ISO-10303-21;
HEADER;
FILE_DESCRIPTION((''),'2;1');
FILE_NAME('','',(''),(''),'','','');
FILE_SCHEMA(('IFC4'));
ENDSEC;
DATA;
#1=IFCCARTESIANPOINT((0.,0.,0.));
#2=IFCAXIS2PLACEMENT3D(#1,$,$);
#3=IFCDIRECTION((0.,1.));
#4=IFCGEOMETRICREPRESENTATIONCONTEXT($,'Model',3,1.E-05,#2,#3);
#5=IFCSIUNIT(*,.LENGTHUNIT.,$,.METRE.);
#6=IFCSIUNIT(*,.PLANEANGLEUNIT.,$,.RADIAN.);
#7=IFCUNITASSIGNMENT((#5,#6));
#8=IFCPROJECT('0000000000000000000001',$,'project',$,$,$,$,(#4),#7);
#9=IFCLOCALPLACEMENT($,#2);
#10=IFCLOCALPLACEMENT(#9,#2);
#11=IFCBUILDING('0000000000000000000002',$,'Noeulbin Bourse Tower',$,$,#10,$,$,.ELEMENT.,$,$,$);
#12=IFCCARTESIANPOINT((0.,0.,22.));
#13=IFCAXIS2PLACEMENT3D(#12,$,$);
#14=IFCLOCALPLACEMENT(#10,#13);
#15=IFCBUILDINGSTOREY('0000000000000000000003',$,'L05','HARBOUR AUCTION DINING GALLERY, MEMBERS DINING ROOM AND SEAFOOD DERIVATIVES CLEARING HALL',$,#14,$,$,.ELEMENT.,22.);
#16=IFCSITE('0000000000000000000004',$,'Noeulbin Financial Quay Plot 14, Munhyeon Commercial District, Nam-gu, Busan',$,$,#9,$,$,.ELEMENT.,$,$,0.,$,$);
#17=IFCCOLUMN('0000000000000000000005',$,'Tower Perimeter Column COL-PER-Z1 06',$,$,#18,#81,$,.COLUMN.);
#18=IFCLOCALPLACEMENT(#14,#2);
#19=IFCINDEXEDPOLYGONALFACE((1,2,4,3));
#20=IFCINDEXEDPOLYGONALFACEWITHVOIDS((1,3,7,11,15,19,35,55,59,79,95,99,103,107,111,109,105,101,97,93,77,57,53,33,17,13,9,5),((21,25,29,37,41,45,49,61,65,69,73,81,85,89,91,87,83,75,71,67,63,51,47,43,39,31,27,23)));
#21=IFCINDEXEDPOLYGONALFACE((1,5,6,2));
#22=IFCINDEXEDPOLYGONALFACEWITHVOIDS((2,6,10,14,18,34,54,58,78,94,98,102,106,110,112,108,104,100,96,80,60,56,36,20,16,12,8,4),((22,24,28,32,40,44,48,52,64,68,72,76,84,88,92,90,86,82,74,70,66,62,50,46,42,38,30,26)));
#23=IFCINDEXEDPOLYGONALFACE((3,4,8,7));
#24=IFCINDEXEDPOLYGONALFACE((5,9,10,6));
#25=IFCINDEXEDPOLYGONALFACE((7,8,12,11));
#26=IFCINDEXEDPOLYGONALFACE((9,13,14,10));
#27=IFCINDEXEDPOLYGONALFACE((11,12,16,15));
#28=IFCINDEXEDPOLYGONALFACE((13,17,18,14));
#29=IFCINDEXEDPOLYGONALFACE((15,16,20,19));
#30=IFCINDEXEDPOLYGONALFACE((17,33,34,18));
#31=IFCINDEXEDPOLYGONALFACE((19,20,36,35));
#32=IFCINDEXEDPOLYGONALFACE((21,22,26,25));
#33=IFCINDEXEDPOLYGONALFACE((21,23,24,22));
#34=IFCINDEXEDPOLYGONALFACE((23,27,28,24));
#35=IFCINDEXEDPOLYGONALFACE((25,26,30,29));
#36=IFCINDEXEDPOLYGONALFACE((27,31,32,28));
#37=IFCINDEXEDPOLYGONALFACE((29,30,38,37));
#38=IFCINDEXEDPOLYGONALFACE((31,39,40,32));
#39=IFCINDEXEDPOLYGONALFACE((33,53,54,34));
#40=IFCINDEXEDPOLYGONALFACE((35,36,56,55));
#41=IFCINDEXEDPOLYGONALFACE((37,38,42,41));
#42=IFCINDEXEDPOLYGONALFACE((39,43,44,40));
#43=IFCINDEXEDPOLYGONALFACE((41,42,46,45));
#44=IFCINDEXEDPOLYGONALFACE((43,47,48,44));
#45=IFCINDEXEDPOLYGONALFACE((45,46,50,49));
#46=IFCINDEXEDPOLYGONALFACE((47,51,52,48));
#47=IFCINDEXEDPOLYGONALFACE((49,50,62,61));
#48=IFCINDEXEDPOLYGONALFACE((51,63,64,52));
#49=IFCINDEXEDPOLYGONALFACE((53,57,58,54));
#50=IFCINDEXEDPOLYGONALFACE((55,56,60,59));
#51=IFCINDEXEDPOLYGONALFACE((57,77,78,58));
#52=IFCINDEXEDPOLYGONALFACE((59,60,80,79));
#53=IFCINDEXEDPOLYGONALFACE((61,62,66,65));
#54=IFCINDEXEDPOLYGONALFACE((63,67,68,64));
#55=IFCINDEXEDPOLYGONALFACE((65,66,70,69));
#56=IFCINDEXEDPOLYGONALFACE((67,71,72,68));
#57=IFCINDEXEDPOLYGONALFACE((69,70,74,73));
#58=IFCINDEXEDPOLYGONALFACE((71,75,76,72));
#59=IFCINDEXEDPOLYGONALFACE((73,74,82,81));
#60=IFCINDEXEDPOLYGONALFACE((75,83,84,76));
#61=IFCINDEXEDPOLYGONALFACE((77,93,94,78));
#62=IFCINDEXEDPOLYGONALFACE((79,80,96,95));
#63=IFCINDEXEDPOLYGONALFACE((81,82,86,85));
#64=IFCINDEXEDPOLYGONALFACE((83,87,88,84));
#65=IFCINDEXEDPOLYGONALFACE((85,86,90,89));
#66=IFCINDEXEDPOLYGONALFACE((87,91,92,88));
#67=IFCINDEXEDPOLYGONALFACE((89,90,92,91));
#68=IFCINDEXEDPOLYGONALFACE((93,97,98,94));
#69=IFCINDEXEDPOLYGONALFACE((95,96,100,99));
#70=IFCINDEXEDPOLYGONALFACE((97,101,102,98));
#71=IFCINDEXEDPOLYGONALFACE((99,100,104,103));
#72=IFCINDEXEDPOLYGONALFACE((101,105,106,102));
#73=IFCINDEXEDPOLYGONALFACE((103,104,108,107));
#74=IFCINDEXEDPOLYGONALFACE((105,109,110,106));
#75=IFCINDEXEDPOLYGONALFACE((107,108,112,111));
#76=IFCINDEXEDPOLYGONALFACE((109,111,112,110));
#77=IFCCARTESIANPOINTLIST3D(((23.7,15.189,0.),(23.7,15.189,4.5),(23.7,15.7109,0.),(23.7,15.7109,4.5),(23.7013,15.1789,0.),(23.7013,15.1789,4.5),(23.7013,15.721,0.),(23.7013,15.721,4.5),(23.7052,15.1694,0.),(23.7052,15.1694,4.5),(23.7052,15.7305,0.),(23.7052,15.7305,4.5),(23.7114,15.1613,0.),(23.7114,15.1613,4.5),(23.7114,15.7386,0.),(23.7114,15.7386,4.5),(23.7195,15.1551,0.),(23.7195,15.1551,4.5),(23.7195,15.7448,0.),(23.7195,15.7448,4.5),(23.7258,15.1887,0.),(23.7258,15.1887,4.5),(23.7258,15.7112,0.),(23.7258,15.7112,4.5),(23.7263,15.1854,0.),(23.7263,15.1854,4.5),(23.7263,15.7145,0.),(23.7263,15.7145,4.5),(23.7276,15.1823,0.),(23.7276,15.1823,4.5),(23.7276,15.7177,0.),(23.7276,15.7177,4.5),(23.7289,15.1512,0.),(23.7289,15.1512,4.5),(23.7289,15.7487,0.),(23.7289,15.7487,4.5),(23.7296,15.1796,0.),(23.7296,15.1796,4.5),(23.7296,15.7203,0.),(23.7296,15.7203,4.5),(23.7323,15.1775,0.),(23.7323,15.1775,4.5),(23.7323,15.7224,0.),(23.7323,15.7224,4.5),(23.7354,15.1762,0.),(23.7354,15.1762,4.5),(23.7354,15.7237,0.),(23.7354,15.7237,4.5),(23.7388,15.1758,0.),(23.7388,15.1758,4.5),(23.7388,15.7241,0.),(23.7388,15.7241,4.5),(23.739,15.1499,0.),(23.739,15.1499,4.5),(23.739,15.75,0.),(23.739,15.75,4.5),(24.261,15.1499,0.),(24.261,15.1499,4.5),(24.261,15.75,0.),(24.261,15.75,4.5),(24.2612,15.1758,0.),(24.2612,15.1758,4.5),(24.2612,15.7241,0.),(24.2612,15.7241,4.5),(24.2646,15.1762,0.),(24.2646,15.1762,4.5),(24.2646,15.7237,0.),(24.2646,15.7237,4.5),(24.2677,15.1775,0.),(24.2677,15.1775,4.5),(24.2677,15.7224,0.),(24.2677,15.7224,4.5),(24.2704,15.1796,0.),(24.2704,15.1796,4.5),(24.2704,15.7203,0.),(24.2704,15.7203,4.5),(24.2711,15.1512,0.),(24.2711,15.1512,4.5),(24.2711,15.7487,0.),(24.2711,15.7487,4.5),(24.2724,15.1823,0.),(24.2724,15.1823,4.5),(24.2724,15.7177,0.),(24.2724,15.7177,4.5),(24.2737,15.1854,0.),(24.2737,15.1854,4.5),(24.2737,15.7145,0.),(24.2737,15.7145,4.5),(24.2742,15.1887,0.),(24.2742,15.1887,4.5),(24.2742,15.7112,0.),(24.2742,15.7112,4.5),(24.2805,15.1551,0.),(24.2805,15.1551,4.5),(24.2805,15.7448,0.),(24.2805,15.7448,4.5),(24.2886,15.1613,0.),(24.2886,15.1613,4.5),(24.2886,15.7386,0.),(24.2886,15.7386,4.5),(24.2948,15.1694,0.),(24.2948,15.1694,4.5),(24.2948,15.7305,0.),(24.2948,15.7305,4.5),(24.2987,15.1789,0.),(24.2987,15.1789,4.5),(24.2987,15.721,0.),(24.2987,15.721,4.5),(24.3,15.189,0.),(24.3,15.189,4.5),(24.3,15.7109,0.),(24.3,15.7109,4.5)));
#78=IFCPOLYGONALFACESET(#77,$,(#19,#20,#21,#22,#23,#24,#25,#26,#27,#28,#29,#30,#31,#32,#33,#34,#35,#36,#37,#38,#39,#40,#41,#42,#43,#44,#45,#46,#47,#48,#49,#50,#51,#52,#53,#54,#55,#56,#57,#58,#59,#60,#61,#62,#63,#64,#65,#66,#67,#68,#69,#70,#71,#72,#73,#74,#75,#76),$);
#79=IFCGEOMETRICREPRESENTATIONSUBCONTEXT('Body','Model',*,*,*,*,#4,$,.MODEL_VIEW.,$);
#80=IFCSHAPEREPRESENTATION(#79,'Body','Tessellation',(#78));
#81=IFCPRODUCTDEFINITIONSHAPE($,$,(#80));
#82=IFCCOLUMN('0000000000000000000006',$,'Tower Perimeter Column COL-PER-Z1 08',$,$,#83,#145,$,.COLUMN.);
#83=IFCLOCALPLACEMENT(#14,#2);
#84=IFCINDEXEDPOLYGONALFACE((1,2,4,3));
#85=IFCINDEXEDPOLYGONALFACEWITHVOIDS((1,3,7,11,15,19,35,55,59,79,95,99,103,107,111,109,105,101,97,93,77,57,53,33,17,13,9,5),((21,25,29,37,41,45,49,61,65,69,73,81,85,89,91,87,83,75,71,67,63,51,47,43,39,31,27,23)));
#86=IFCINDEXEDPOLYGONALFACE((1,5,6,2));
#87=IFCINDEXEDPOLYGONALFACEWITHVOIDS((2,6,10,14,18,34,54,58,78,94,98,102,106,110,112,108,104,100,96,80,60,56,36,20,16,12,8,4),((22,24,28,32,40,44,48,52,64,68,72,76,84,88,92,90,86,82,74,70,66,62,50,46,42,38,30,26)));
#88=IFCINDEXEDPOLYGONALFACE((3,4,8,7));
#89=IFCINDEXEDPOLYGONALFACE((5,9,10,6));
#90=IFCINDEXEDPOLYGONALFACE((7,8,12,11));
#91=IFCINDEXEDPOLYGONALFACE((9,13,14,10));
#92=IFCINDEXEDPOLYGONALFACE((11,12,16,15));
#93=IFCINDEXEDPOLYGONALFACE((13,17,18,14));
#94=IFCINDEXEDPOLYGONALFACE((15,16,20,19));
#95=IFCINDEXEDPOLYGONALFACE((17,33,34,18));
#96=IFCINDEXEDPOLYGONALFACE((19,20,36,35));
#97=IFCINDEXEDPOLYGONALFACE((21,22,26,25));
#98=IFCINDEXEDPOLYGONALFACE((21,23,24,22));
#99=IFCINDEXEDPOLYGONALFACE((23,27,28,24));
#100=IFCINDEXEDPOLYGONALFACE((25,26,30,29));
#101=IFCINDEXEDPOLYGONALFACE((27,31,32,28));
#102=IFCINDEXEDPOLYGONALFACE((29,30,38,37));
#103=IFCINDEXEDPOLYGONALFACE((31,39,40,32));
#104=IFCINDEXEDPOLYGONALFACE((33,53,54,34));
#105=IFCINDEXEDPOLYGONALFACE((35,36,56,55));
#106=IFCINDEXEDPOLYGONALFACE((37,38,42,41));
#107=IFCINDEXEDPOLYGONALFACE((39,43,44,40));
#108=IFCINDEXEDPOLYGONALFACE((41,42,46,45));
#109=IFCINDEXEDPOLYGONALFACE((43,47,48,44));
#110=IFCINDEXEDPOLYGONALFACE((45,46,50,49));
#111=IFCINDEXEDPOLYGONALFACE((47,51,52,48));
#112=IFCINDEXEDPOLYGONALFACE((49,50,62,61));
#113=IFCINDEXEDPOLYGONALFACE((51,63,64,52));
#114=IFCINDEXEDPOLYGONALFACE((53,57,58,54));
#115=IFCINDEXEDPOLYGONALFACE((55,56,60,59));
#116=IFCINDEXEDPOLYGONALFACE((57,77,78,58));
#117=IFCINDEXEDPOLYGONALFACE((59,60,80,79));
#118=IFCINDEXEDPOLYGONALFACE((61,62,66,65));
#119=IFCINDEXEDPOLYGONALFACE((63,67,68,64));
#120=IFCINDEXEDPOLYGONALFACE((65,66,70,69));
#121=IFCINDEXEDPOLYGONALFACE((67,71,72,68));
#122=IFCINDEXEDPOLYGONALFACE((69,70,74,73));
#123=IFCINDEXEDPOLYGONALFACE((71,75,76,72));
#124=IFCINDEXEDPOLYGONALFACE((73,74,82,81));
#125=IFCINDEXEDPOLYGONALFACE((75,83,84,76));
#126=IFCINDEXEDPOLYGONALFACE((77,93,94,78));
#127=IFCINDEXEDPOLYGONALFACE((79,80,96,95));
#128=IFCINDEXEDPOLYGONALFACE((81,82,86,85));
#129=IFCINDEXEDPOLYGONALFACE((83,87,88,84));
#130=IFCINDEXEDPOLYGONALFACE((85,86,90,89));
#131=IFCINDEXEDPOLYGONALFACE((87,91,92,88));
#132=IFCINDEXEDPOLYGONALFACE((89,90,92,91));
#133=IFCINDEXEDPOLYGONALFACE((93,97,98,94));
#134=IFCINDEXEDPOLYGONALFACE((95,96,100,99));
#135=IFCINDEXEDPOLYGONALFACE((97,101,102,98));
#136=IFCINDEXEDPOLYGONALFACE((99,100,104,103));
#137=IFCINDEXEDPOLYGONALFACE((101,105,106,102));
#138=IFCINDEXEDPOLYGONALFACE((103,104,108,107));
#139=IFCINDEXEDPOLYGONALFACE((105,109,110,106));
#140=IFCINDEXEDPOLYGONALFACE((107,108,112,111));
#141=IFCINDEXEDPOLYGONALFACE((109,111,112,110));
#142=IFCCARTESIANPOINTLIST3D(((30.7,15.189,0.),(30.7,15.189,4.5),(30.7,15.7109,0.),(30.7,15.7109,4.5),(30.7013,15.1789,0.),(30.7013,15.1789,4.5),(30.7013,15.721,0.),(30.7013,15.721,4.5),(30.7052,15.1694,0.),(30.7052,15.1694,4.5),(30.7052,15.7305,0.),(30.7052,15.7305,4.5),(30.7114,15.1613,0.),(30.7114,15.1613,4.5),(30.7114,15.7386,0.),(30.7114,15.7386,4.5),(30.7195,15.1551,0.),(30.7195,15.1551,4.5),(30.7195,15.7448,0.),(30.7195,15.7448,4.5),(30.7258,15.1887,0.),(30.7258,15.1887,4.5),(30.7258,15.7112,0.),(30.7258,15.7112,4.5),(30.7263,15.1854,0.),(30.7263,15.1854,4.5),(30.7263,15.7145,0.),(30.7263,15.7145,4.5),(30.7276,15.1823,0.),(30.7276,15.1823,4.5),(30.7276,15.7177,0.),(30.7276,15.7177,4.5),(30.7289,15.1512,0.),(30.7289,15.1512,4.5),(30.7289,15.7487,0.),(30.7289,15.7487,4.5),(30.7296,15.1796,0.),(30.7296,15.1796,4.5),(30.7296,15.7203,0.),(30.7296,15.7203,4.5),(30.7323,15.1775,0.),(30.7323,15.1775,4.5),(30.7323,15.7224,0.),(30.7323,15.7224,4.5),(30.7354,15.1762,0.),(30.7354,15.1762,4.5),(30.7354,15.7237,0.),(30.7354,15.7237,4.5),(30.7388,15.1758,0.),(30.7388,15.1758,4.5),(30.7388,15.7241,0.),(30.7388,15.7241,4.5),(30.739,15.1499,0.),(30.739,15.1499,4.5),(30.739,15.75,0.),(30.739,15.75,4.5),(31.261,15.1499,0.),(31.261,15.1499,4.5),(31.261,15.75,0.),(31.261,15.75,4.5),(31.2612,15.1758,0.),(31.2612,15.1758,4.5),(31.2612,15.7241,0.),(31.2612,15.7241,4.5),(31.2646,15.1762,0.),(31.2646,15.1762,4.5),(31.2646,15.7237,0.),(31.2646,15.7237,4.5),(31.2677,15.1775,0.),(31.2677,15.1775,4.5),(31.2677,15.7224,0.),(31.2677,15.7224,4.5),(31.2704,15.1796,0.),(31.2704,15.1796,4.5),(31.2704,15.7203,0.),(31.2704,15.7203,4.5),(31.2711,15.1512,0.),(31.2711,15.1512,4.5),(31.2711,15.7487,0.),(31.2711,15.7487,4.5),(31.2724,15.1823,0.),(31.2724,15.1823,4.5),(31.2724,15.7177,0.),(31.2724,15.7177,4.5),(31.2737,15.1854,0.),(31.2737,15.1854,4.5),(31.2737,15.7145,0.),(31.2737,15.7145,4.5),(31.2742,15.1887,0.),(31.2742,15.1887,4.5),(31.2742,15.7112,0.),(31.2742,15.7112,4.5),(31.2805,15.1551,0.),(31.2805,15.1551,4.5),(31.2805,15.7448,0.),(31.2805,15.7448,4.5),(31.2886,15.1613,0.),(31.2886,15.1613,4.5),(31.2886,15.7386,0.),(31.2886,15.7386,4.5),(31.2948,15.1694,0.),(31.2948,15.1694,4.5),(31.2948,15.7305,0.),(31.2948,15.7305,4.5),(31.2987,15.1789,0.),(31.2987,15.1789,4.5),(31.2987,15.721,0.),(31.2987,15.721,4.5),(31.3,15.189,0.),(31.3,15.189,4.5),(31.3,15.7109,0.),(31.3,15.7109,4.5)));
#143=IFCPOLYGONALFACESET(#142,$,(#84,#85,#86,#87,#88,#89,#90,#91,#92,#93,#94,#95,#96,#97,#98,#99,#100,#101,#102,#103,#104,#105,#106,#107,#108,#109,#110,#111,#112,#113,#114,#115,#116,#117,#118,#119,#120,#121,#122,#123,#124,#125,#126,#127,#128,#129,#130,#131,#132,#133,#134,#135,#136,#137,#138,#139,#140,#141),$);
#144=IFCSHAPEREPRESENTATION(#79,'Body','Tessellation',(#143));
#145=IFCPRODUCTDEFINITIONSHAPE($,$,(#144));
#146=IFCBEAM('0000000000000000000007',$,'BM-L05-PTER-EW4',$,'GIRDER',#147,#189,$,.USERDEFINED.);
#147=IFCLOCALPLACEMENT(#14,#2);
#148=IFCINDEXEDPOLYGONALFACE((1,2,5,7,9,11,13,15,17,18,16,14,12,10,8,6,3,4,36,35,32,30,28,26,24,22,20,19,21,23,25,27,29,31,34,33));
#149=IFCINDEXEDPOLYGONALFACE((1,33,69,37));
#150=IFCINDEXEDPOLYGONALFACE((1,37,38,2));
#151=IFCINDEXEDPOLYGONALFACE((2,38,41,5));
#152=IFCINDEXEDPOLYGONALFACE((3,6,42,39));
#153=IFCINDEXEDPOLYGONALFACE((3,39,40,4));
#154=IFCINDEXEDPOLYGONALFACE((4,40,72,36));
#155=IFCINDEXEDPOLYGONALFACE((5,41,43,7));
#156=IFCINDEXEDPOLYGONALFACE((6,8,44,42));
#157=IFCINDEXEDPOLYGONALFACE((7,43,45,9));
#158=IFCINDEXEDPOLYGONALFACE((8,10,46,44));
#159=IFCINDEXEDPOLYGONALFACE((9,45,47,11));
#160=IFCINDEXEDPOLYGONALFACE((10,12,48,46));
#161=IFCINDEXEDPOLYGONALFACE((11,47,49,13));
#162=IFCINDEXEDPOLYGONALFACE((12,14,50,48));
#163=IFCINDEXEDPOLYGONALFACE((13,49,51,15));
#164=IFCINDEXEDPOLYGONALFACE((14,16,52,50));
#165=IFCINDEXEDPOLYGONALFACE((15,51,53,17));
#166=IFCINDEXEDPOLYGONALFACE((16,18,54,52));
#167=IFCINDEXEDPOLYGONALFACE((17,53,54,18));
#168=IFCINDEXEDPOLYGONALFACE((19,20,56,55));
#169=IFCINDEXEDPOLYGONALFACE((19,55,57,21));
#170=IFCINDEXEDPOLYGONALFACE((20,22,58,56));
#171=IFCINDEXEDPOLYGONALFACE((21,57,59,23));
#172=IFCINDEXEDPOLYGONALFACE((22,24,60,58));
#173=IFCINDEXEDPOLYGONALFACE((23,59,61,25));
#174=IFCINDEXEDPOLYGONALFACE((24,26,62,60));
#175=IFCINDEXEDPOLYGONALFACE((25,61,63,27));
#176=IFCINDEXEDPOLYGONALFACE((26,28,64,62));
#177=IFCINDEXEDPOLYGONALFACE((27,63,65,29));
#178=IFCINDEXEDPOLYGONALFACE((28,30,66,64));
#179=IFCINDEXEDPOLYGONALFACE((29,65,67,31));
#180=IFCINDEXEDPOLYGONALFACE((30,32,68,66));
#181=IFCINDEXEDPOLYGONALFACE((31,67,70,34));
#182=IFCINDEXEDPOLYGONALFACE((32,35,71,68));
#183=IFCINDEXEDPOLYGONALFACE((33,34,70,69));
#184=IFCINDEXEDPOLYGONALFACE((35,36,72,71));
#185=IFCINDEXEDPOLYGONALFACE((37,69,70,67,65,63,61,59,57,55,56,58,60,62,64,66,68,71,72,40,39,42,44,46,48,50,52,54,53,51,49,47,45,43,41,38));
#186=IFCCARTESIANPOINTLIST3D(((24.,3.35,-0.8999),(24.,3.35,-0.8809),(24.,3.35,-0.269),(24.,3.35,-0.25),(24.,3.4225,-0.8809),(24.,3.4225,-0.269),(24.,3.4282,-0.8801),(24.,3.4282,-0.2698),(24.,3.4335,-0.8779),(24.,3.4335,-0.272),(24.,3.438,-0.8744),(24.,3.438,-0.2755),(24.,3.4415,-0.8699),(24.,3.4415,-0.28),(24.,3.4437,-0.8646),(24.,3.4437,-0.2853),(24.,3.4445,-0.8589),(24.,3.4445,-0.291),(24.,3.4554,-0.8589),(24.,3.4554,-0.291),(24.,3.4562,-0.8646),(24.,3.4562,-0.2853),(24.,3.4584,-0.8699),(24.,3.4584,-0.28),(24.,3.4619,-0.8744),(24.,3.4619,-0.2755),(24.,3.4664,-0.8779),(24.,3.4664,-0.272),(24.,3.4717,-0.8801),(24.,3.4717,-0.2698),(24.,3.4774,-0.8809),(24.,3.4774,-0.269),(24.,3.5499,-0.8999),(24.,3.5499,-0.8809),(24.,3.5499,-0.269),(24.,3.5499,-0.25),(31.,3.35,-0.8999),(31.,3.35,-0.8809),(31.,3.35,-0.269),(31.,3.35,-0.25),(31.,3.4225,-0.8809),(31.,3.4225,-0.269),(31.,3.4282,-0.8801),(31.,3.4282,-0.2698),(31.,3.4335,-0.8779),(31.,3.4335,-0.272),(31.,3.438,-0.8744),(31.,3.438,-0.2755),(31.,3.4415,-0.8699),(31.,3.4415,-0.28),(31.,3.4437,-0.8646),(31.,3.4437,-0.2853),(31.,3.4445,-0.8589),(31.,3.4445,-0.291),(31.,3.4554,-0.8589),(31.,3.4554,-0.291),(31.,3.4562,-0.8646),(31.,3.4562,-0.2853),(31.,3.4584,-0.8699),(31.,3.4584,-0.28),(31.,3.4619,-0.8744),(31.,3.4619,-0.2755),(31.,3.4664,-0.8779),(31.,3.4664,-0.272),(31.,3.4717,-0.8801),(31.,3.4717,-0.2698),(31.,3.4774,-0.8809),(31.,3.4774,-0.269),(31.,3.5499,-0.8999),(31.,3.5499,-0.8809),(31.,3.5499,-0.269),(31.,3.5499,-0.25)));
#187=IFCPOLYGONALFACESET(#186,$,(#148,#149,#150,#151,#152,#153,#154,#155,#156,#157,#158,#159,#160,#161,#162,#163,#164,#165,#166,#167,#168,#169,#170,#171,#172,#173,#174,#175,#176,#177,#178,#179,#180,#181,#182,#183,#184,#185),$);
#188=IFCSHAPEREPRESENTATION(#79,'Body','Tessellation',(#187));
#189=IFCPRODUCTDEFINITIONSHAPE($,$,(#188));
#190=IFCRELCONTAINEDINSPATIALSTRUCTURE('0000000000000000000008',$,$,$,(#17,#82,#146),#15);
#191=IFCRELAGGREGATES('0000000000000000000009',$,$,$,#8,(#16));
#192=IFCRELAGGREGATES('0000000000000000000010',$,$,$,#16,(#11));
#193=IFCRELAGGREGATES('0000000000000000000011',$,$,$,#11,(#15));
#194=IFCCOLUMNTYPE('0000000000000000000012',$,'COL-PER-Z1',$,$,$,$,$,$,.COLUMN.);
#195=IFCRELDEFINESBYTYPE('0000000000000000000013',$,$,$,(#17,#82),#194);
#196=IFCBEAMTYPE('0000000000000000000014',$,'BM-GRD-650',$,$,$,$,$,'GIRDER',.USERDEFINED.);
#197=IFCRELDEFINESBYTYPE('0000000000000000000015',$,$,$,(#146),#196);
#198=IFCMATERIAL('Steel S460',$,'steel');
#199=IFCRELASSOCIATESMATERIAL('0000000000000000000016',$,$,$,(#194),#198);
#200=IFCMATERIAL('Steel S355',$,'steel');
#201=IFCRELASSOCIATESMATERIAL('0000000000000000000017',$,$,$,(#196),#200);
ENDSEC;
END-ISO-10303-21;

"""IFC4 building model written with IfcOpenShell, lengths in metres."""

from ifc_helpers import new_model, si_unit, direction, frame, origin, origin_2d, place, context, subcontext, project, spatial, hollow_rectangle, i_section, extrude, material, material_profile, profile_set, type_object, element, save


model = new_model("IFC4")

# Units and contexts
model_context = context("Model", 3, precision=1e-05, world=origin(), true_north=direction((0.0, 1.0)))
body_context = subcontext(model_context, "Body", "Model", "MODEL_VIEW")
ifc_project = project(units=[si_unit("LENGTHUNIT", "METRE"), si_unit("PLANEANGLEUNIT", "RADIAN")], contexts=[model_context])

# Site, building, storey
site_placement = place(None, origin())
site = spatial("IfcSite", under=ifc_project, at=site_placement, Name="Noeulbin Financial Quay Plot 14, Munhyeon Commercial District, Nam-gu, Busan", CompositionType="ELEMENT", RefElevation=0.0)
building_placement = place(site_placement, origin())
building = spatial("IfcBuilding", under=site, at=building_placement, Name="Noeulbin Bourse Tower", CompositionType="ELEMENT")
storey_placement = place(building_placement, frame((0.0, 0.0, 22.0)))
storey = spatial("IfcBuildingStorey", under=building, at=storey_placement, Name="L05", Description="HARBOUR AUCTION DINING GALLERY, MEMBERS DINING ROOM AND SEAFOOD DERIVATIVES CLEARING HALL", CompositionType="ELEMENT", Elevation=22.0)

# Columns
ifc_material_1 = material(Name="Steel S460", Category="steel")
ifc_material_profile_1 = material_profile(ifc_material_1, hollow_rectangle(XDim=0.6001, YDim=0.6001, WallThickness=0.0259, InnerFilletRadius=0.0129, OuterFilletRadius=0.0391, at=origin_2d()), Name="BOX-600x600x26", Category="LoadBearing")
ifc_profile_set_1 = profile_set([ifc_material_profile_1], Name="Steel S460")
column_type = type_object("IfcColumnType", Name="COL-PER-Z1", PredefinedType="COLUMN", material=ifc_profile_set_1)
for number, where, z_axis, x_axis, name in (
    (1, (24.0, 15.45, 0.0), (0.0, 0.0, 1.0), (1.0, 0.0, 0.0), "Tower Perimeter Column COL-PER-Z1 06"),
    (2, (31.0, 15.45, 0.0), (0.0, 0.0, 1.0), (1.0, 0.0, 0.0), "Tower Perimeter Column COL-PER-Z1 08"),
):
    element("IfcColumn", number, at=place(storey_placement, frame(where, z_axis=z_axis, x_axis=x_axis)), inside=storey, type_object=column_type, Name=name, PredefinedType="COLUMN", context=body_context, shape_type="SweptSolid", body=[
        extrude(hollow_rectangle(XDim=0.6001, YDim=0.6001, WallThickness=0.0259, InnerFilletRadius=0.0129, OuterFilletRadius=0.0391, at=origin_2d()), origin(), (0.0, 0.0, 1.0), 4.5),
    ])

# Beam
ifc_material_2 = material(Name="Steel S355", Category="steel")
ifc_material_profile_2 = material_profile(ifc_material_2, i_section(OverallWidth=0.2, OverallDepth=0.6499, WebThickness=0.011, FlangeThickness=0.019, FilletRadius=0.022, at=origin_2d()), Name="H-650x200x11x19", Category="LoadBearing")
ifc_profile_set_2 = profile_set([ifc_material_profile_2], Name="Steel S355")
beam_type_1 = type_object("IfcBeamType", Name="BM-GRD-650", ElementType="GIRDER", PredefinedType="USERDEFINED", material=ifc_profile_set_2)
beam_1_placement = place(storey_placement, frame((24.0, 3.45, -0.575), z_axis=(1.0, 0.0, 0.0), x_axis=(0.0, 1.0, 0.0)))
element("IfcBeam", 3, at=beam_1_placement, inside=storey, type_object=beam_type_1, Name="BM-L05-PTER-EW4", ObjectType="GIRDER", PredefinedType="USERDEFINED", context=body_context, shape_type="SweptSolid", body=[
    extrude(i_section(OverallWidth=0.2, OverallDepth=0.6499, WebThickness=0.011, FlangeThickness=0.019, FilletRadius=0.022, at=origin_2d()), origin(), (0.0, 0.0, 1.0), 7.0),
])

save(model, "model.ifc")
